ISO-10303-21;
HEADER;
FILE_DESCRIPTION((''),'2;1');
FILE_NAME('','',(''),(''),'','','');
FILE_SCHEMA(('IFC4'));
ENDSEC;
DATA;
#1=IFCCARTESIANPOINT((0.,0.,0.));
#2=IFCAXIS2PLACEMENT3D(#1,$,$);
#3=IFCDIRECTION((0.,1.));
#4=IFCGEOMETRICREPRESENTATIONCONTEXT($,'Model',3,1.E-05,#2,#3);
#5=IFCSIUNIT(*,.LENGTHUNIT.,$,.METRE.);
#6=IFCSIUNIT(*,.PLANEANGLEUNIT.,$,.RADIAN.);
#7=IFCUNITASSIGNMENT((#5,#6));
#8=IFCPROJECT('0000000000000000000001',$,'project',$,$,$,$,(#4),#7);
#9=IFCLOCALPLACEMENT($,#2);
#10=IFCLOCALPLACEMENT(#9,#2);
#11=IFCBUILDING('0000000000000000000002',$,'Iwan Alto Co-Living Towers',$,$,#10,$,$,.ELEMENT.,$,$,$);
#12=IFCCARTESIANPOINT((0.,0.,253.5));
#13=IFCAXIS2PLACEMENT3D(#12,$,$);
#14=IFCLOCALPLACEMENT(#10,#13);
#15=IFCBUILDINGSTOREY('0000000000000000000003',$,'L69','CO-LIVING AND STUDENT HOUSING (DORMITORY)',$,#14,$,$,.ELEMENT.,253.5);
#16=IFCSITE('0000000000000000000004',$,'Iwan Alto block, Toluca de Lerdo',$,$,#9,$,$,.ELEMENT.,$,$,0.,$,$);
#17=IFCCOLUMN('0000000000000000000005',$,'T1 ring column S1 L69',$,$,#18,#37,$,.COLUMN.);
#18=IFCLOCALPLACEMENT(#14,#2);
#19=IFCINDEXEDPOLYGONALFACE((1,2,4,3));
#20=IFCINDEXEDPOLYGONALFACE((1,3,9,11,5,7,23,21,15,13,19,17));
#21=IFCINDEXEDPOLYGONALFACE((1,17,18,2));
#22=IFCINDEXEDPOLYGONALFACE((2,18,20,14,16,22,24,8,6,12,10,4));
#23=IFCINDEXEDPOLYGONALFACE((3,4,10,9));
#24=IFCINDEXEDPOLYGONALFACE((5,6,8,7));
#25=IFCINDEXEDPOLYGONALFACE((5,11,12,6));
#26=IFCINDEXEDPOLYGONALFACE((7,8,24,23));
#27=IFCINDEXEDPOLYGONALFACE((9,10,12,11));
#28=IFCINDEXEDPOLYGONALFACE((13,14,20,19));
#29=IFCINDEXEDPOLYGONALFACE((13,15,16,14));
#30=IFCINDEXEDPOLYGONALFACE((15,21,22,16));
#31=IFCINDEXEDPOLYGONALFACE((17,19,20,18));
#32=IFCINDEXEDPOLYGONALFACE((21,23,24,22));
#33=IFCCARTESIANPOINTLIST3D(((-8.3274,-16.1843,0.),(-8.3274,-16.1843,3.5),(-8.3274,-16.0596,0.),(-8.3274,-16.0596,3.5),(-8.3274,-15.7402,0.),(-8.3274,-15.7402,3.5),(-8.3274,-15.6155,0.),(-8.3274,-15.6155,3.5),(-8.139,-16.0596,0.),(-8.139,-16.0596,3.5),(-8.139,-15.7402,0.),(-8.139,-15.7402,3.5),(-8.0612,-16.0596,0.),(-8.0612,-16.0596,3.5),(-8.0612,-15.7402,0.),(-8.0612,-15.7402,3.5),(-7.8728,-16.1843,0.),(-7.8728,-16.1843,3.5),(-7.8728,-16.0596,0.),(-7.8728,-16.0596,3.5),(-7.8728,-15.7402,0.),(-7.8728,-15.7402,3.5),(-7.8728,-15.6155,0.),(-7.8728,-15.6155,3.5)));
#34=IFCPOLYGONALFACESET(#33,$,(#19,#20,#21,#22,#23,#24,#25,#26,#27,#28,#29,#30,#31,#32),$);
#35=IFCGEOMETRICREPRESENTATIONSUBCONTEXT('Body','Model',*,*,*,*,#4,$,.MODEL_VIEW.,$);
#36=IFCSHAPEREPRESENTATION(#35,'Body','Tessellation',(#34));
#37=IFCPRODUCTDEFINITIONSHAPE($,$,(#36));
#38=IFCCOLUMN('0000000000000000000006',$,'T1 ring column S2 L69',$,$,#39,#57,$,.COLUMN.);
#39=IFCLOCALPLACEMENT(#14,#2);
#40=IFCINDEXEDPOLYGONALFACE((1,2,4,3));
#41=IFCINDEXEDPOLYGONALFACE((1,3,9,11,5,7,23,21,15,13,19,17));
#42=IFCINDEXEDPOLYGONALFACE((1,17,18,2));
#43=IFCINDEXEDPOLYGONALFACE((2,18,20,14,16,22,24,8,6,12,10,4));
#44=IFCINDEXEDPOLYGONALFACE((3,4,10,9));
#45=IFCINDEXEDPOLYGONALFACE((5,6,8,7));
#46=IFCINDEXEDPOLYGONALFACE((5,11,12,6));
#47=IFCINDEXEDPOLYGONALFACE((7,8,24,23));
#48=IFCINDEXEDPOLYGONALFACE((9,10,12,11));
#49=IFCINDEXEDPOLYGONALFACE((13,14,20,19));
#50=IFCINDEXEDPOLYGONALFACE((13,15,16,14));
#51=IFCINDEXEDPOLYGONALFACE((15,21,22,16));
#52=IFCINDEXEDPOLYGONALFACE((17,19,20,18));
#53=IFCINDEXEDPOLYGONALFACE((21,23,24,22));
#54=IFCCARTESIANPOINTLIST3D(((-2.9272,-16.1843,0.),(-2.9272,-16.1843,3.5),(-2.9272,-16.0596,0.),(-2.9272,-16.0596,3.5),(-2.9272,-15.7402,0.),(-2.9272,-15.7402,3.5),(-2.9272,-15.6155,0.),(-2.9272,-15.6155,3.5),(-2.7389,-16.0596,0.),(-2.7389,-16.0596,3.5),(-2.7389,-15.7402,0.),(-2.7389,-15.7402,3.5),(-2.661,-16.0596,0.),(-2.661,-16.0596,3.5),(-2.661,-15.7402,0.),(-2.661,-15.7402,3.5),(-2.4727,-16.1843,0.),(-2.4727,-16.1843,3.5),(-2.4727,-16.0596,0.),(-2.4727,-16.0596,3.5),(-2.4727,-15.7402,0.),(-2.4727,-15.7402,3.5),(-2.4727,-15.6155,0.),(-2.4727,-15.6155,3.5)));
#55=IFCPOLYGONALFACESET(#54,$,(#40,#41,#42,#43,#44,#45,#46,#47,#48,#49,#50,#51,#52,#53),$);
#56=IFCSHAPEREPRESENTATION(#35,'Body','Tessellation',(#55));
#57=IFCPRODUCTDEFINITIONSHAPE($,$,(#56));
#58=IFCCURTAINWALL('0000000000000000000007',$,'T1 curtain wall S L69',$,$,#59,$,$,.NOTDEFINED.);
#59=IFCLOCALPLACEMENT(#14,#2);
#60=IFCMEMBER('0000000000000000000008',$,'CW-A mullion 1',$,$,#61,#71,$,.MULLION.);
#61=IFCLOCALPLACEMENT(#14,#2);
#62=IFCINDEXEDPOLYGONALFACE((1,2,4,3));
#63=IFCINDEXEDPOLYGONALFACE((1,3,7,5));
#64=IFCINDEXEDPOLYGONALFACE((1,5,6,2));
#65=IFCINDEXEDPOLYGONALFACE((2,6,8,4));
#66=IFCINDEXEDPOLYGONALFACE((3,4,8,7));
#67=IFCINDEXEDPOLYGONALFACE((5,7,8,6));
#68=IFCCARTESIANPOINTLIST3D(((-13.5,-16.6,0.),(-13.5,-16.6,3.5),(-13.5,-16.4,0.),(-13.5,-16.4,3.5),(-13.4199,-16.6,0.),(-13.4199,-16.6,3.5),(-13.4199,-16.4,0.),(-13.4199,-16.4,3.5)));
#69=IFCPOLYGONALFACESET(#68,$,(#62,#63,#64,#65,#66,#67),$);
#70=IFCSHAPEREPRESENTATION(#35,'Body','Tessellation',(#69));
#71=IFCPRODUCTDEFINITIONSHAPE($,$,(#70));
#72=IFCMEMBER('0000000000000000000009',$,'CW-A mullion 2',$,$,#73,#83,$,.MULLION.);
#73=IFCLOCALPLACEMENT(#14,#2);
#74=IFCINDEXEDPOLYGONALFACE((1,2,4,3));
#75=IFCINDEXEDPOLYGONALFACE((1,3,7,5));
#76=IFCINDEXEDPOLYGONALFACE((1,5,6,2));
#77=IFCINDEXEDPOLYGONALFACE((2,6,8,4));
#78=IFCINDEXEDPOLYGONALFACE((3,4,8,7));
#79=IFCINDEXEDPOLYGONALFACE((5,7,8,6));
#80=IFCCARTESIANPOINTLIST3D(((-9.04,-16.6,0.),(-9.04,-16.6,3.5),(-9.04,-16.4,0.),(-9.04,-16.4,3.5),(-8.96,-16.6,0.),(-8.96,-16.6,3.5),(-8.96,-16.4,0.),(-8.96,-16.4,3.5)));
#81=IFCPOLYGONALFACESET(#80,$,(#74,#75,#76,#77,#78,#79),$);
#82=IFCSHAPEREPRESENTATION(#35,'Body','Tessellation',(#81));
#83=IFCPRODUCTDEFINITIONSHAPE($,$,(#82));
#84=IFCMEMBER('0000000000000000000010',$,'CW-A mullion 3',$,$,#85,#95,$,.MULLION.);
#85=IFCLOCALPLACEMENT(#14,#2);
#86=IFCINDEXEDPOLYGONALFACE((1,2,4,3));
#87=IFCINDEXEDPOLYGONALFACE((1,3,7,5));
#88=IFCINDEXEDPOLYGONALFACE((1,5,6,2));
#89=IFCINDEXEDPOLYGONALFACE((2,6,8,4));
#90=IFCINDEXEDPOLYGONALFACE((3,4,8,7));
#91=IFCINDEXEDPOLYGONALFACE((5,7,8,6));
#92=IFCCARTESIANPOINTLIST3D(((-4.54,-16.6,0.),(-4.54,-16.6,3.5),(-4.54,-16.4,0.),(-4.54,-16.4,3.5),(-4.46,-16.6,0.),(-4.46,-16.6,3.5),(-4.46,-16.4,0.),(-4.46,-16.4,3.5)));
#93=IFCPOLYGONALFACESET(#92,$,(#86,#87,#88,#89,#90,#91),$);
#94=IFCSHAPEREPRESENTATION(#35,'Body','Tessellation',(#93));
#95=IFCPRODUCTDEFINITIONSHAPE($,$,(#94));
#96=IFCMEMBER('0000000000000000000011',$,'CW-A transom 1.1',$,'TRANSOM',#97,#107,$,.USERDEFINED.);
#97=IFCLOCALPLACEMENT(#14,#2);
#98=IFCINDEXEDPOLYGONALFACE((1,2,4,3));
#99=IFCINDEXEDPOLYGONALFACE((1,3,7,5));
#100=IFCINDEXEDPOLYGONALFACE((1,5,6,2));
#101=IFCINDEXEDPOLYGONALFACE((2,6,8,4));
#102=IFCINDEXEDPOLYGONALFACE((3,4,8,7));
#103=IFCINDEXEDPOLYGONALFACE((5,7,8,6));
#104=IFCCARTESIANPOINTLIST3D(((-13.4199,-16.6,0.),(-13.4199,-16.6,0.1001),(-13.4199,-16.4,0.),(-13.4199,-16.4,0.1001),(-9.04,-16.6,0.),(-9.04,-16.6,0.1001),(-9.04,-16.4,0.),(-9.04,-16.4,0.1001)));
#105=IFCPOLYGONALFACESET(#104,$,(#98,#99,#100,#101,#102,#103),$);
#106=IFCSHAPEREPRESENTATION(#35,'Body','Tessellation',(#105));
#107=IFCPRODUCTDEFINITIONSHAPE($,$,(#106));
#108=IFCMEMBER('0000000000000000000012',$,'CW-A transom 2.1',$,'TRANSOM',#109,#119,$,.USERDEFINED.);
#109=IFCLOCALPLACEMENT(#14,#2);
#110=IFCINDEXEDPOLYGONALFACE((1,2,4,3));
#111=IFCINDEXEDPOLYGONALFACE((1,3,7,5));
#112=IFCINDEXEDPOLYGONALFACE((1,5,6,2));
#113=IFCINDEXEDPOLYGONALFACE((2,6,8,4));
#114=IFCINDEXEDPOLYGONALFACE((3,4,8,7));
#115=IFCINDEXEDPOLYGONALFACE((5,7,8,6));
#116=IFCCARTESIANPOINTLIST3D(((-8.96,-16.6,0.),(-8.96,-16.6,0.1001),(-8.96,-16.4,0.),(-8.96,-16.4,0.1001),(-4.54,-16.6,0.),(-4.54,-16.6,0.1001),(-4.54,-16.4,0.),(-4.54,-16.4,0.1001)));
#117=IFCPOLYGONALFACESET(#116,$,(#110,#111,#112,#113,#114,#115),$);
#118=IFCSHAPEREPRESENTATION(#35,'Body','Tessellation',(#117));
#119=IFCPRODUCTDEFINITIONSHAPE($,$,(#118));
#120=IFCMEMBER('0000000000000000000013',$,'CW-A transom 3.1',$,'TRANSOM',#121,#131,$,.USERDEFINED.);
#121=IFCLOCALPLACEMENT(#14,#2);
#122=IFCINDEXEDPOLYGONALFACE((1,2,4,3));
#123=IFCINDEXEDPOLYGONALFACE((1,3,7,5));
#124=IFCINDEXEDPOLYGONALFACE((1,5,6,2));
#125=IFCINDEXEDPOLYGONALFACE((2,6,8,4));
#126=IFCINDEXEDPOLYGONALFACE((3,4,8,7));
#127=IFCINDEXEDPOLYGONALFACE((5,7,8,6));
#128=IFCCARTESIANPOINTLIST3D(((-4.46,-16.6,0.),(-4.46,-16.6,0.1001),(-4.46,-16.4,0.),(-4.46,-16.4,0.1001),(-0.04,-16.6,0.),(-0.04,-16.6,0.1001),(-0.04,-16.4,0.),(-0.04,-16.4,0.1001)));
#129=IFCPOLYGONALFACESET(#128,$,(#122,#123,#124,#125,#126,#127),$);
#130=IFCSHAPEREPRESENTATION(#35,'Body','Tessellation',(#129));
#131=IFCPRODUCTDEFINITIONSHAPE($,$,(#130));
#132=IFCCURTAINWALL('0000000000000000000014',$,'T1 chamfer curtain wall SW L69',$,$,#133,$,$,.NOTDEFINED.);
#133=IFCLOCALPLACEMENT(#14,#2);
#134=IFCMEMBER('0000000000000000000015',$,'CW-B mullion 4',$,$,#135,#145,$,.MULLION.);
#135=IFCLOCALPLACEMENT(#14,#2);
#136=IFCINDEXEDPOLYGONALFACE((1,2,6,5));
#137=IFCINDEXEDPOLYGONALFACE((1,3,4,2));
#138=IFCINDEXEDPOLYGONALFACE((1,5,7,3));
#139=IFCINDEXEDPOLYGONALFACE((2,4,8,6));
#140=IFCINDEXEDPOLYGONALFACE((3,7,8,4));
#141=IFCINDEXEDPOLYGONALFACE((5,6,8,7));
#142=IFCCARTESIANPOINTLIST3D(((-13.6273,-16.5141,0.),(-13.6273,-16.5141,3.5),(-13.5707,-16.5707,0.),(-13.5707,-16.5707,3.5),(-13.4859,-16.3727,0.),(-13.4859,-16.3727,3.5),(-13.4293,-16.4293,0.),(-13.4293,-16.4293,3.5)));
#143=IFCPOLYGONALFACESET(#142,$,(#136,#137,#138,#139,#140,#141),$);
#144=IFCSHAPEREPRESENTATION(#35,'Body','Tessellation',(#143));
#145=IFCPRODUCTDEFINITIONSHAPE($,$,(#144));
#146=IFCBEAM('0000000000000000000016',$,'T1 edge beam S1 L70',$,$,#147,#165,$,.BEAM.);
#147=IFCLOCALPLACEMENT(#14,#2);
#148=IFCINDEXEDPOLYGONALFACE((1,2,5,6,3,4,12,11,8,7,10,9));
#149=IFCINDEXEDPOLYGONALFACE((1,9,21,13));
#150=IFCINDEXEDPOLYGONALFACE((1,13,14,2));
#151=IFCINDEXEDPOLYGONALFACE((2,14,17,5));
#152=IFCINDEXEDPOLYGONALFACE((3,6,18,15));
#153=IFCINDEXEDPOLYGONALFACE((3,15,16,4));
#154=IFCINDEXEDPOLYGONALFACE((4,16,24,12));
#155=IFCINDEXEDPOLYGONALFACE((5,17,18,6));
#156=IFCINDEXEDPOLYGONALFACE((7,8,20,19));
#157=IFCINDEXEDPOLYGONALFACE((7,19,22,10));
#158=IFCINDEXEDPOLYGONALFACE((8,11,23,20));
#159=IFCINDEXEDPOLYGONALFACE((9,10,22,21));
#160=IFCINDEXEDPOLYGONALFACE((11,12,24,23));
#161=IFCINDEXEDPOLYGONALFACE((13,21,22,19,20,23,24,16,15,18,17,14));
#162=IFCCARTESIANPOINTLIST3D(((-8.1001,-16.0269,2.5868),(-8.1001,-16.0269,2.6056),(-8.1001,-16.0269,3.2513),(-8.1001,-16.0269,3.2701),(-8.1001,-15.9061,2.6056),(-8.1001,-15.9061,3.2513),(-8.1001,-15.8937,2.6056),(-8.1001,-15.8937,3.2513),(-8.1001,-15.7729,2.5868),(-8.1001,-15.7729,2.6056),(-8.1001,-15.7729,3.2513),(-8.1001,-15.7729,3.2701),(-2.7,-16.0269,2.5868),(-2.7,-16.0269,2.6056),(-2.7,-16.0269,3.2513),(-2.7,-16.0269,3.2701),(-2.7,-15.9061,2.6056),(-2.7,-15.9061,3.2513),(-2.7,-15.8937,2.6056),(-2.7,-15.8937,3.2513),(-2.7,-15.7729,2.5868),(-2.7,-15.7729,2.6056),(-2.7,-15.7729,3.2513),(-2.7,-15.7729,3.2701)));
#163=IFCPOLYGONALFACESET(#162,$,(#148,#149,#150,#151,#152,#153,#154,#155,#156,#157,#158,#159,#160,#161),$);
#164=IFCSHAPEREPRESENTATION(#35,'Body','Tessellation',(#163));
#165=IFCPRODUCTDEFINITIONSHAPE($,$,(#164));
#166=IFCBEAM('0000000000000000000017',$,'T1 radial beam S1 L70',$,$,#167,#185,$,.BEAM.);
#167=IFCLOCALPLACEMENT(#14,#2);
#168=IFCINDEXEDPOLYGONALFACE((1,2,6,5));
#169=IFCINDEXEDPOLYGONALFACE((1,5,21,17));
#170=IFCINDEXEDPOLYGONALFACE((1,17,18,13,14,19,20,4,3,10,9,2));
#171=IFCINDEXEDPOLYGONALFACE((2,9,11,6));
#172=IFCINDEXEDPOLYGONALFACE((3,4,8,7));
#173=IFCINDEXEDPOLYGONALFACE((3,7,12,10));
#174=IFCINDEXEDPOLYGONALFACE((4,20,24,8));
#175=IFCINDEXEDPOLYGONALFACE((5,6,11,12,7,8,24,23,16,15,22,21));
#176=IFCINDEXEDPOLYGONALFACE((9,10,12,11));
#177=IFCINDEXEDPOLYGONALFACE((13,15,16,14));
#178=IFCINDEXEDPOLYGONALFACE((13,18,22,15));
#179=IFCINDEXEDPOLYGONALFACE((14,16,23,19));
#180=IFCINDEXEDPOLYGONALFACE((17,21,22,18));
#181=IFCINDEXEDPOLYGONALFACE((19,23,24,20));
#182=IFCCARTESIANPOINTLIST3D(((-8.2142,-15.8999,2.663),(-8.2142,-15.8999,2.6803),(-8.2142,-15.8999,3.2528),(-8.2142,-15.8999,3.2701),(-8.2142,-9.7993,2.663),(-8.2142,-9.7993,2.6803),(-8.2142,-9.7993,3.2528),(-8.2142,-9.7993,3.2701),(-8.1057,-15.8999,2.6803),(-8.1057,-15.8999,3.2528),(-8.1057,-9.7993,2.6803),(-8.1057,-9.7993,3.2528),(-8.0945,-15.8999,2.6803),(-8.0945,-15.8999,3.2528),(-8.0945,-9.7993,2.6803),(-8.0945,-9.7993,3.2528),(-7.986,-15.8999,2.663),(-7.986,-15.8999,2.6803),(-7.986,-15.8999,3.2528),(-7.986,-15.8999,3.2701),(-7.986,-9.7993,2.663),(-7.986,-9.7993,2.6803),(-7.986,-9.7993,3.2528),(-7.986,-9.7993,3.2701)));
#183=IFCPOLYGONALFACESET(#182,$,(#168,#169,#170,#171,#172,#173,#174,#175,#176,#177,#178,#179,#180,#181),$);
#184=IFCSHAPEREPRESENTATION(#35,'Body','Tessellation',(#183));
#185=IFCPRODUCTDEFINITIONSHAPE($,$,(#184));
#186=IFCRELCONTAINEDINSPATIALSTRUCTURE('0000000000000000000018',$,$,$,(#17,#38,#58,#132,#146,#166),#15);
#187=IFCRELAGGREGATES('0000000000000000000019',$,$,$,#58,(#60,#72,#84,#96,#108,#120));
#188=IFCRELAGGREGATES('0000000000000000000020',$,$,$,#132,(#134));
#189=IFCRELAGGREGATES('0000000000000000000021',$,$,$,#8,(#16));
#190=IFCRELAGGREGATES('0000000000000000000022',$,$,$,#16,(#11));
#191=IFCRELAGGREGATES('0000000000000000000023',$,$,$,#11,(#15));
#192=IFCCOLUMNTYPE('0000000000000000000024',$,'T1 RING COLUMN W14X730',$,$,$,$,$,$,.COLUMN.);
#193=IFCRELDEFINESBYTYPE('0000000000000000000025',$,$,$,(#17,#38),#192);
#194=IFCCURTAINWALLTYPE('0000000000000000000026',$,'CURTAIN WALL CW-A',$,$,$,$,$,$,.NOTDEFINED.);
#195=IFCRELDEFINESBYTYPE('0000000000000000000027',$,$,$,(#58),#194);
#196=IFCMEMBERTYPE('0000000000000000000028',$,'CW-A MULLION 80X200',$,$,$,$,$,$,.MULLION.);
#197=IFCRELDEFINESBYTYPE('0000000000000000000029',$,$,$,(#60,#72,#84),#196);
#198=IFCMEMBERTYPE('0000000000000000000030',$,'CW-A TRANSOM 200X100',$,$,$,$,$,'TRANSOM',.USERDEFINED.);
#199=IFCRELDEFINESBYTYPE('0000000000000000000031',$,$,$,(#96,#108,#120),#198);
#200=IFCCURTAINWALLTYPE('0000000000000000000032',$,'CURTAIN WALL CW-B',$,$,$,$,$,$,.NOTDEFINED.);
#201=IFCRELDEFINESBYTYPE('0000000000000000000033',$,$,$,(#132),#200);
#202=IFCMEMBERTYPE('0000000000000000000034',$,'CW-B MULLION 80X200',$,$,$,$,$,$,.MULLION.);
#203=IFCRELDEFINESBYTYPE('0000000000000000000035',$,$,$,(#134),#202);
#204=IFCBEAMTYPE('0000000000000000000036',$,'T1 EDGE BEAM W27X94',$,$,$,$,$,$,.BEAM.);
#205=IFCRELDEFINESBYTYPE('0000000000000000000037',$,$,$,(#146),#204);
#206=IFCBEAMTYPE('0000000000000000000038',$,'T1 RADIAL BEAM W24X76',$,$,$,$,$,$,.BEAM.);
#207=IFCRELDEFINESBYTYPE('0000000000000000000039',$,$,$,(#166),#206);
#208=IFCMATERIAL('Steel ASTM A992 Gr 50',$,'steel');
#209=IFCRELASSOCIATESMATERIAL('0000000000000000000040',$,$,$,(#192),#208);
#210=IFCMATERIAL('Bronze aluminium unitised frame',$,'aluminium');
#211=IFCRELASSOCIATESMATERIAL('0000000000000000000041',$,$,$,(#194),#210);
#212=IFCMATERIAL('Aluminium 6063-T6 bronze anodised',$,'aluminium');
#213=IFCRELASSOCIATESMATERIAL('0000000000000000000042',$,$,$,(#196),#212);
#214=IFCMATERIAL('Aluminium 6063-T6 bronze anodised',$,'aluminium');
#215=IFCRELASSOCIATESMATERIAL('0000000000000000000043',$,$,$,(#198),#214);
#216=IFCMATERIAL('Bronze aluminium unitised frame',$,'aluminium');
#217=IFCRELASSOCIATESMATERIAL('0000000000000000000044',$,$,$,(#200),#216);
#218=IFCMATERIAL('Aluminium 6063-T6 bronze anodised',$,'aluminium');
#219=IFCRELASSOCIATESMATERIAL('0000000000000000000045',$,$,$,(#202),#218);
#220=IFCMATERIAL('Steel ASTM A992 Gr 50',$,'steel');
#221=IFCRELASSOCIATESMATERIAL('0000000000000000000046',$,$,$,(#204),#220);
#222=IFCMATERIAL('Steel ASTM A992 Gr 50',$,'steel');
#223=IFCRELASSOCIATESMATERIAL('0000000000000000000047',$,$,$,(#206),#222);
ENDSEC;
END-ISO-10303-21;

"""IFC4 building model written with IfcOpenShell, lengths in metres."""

from ifc_helpers import new_model, si_unit, direction, frame, origin, origin_2d, place, context, subcontext, project, spatial, rectangle, i_section, extrude, material, material_profile, profile_set, type_object, element, aggregate, save


model = new_model("IFC4")

# Units and contexts
model_context = context("Model", 3, precision=1e-05, world=origin(), true_north=direction((0.0, 1.0)))
body_context = subcontext(model_context, "Body", "Model", "MODEL_VIEW")
ifc_project = project(units=[si_unit("LENGTHUNIT", "METRE"), si_unit("PLANEANGLEUNIT", "RADIAN")], contexts=[model_context])

# Site, building, storey
site_placement = place(None, origin())
site = spatial("IfcSite", under=ifc_project, at=site_placement, Name="Iwan Alto block, Toluca de Lerdo", CompositionType="ELEMENT", RefElevation=0.0)
building_placement = place(site_placement, origin())
building = spatial("IfcBuilding", under=site, at=building_placement, Name="Iwan Alto Co-Living Towers", CompositionType="ELEMENT")
storey_placement = place(building_placement, frame((0.0, 0.0, 253.5)))
storey = spatial("IfcBuildingStorey", under=building, at=storey_placement, Name="L69", Description="CO-LIVING AND STUDENT HOUSING (DORMITORY)", CompositionType="ELEMENT", Elevation=253.5)

# Columns
ifc_material_1 = material(Name="Steel ASTM A992 Gr 50", Category="steel")
ifc_material_profile_1 = material_profile(ifc_material_1, i_section(OverallWidth=0.4546, OverallDepth=0.5688, WebThickness=0.0779, FlangeThickness=0.1248, at=origin_2d()), Name="W14X730")
ifc_profile_set_1 = profile_set([ifc_material_profile_1], Name="Steel ASTM A992 Gr 50")
column_type = type_object("IfcColumnType", Name="T1 RING COLUMN W14X730", PredefinedType="COLUMN", material=ifc_profile_set_1)
for number, where, z_axis, x_axis, name in (
    (1, (-8.1001, -15.8999, 0.0), (0.0, 0.0, 1.0), (1.0, 0.0, 0.0), "T1 ring column S1 L69"),
    (2, (-2.7, -15.8999, 0.0), (0.0, 0.0, 1.0), (1.0, 0.0, 0.0), "T1 ring column S2 L69"),
):
    element("IfcColumn", number, at=place(storey_placement, frame(where, z_axis=z_axis, x_axis=x_axis)), inside=storey, type_object=column_type, Name=name, PredefinedType="COLUMN", context=body_context, shape_type="SweptSolid", body=[
        extrude(i_section(OverallWidth=0.4546, OverallDepth=0.5688, WebThickness=0.0779, FlangeThickness=0.1248, at=origin_2d()), origin(), (0.0, 0.0, 1.0), 3.5),
    ])

# Curtain wall, members
ifc_material_2 = material(Name="Bronze aluminium unitised frame", Category="aluminium")
curtain_wall_type_1 = type_object("IfcCurtainWallType", Name="CURTAIN WALL CW-A", PredefinedType="NOTDEFINED", material=ifc_material_2)
curtain_wall_1_placement = place(storey_placement, origin())
curtain_wall_1 = element("IfcCurtainWall", 3, at=curtain_wall_1_placement, inside=storey, type_object=curtain_wall_type_1, Name="T1 curtain wall S L69", PredefinedType="NOTDEFINED")
ifc_material_3 = material(Name="Aluminium 6063-T6 bronze anodised", Category="aluminium")
ifc_material_profile_2 = material_profile(ifc_material_3, rectangle(XDim=0.2, YDim=0.0801, at=origin_2d()), Name="AL 80X200")
ifc_profile_set_2 = profile_set([ifc_material_profile_2], Name="Aluminium 6063-T6 bronze anodised")
member_type_1 = type_object("IfcMemberType", Name="CW-A MULLION 80X200", PredefinedType="MULLION", material=ifc_profile_set_2)
member_1_placement = place(storey_placement, frame((-13.46, -16.5, 0.0), z_axis=(0.0, 0.0, 1.0), x_axis=(0.0, 1.0, 0.0)))
member_1 = element("IfcMember", 4, at=member_1_placement, type_object=member_type_1, Name="CW-A mullion 1", PredefinedType="MULLION", context=body_context, shape_type="SweptSolid", body=[
    extrude(rectangle(XDim=0.2, YDim=0.0801, at=origin_2d()), origin(), (0.0, 0.0, 1.0), 3.5),
])
member_2_placement = place(storey_placement, frame((-9.0, -16.5, 0.0), z_axis=(0.0, 0.0, 1.0), x_axis=(0.0, 1.0, 0.0)))
member_2 = element("IfcMember", 5, at=member_2_placement, type_object=member_type_1, Name="CW-A mullion 2", PredefinedType="MULLION", context=body_context, shape_type="SweptSolid", body=[
    extrude(rectangle(XDim=0.2, YDim=0.0801, at=origin_2d()), origin(), (0.0, 0.0, 1.0), 3.5),
])
member_3_placement = place(storey_placement, frame((-4.5, -16.5, 0.0), z_axis=(0.0, 0.0, 1.0), x_axis=(0.0, 1.0, 0.0)))
member_3 = element("IfcMember", 6, at=member_3_placement, type_object=member_type_1, Name="CW-A mullion 3", PredefinedType="MULLION", context=body_context, shape_type="SweptSolid", body=[
    extrude(rectangle(XDim=0.2, YDim=0.0801, at=origin_2d()), origin(), (0.0, 0.0, 1.0), 3.5),
])
ifc_material_4 = material(Name="Aluminium 6063-T6 bronze anodised", Category="aluminium")
ifc_material_profile_3 = material_profile(ifc_material_4, rectangle(XDim=0.2, YDim=0.1001, at=origin_2d()), Name="AL 200X100")
ifc_profile_set_3 = profile_set([ifc_material_profile_3], Name="Aluminium 6063-T6 bronze anodised")
member_type_2 = type_object("IfcMemberType", Name="CW-A TRANSOM 200X100", ElementType="TRANSOM", PredefinedType="USERDEFINED", material=ifc_profile_set_3)
member_4_placement = place(storey_placement, frame((-13.4199, -16.5, 0.05), z_axis=(1.0, 0.0, 0.0), x_axis=(0.0, 1.0, 0.0)))
member_4 = element("IfcMember", 7, at=member_4_placement, type_object=member_type_2, Name="CW-A transom 1.1", ObjectType="TRANSOM", PredefinedType="USERDEFINED", context=body_context, shape_type="SweptSolid", body=[
    extrude(rectangle(XDim=0.2, YDim=0.1001, at=origin_2d()), origin(), (0.0, 0.0, 1.0), 4.3799),
])
member_5_placement = place(storey_placement, frame((-8.96, -16.5, 0.05), z_axis=(1.0, 0.0, 0.0), x_axis=(0.0, 1.0, 0.0)))
member_5 = element("IfcMember", 8, at=member_5_placement, type_object=member_type_2, Name="CW-A transom 2.1", ObjectType="TRANSOM", PredefinedType="USERDEFINED", context=body_context, shape_type="SweptSolid", body=[
    extrude(rectangle(XDim=0.2, YDim=0.1001, at=origin_2d()), origin(), (0.0, 0.0, 1.0), 4.4199),
])
member_6_placement = place(storey_placement, frame((-4.46, -16.5, 0.05), z_axis=(1.0, 0.0, 0.0), x_axis=(0.0, 1.0, 0.0)))
member_6 = element("IfcMember", 9, at=member_6_placement, type_object=member_type_2, Name="CW-A transom 3.1", ObjectType="TRANSOM", PredefinedType="USERDEFINED", context=body_context, shape_type="SweptSolid", body=[
    extrude(rectangle(XDim=0.2, YDim=0.1001, at=origin_2d()), origin(), (0.0, 0.0, 1.0), 4.4199),
])

# Curtain wall, member
ifc_material_5 = material(Name="Bronze aluminium unitised frame", Category="aluminium")
curtain_wall_type_2 = type_object("IfcCurtainWallType", Name="CURTAIN WALL CW-B", PredefinedType="NOTDEFINED", material=ifc_material_5)
curtain_wall_2_placement = place(storey_placement, origin())
curtain_wall_2 = element("IfcCurtainWall", 10, at=curtain_wall_2_placement, inside=storey, type_object=curtain_wall_type_2, Name="T1 chamfer curtain wall SW L69", PredefinedType="NOTDEFINED")
ifc_material_6 = material(Name="Aluminium 6063-T6 bronze anodised", Category="aluminium")
ifc_material_profile_4 = material_profile(ifc_material_6, rectangle(XDim=0.2, YDim=0.0801, at=origin_2d()), Name="AL 80X200")
ifc_profile_set_4 = profile_set([ifc_material_profile_4], Name="Aluminium 6063-T6 bronze anodised")
member_type_3 = type_object("IfcMemberType", Name="CW-B MULLION 80X200", PredefinedType="MULLION", material=ifc_profile_set_4)
member_7_placement = place(storey_placement, frame((-13.5283, -16.4717, 0.0), z_axis=(0.0, 0.0, 1.0), x_axis=(0.707107, 0.707107, 0.0)))
member_7 = element("IfcMember", 11, at=member_7_placement, type_object=member_type_3, Name="CW-B mullion 4", PredefinedType="MULLION", context=body_context, shape_type="SweptSolid", body=[
    extrude(rectangle(XDim=0.2, YDim=0.0801, at=origin_2d()), origin(), (0.0, 0.0, 1.0), 3.5),
])

# Beams
ifc_material_7 = material(Name="Steel ASTM A992 Gr 50", Category="steel")
ifc_material_profile_5 = material_profile(ifc_material_7, i_section(OverallWidth=0.2539, OverallDepth=0.6833, WebThickness=0.0125, FlangeThickness=0.0188, at=origin_2d()), Name="W27X94")
ifc_profile_set_5 = profile_set([ifc_material_profile_5], Name="Steel ASTM A992 Gr 50")
beam_type_1 = type_object("IfcBeamType", Name="T1 EDGE BEAM W27X94", PredefinedType="BEAM", material=ifc_profile_set_5)
beam_1_placement = place(storey_placement, frame((-8.1001, -15.8999, 2.9285), z_axis=(1.0, 0.0, 0.0), x_axis=(0.0, 1.0, 0.0)))
element("IfcBeam", 12, at=beam_1_placement, inside=storey, type_object=beam_type_1, Name="T1 edge beam S1 L70", PredefinedType="BEAM", context=body_context, shape_type="SweptSolid", body=[
    extrude(i_section(OverallWidth=0.2539, OverallDepth=0.6833, WebThickness=0.0125, FlangeThickness=0.0188, at=origin_2d()), origin(), (0.0, 0.0, 1.0), 5.4001),
])
ifc_material_8 = material(Name="Steel ASTM A992 Gr 50", Category="steel")
ifc_material_profile_6 = material_profile(ifc_material_8, i_section(OverallWidth=0.2283, OverallDepth=0.6072, WebThickness=0.0112, FlangeThickness=0.0173, at=origin_2d()), Name="W24X76")
ifc_profile_set_6 = profile_set([ifc_material_profile_6], Name="Steel ASTM A992 Gr 50")
beam_type_2 = type_object("IfcBeamType", Name="T1 RADIAL BEAM W24X76", PredefinedType="BEAM", material=ifc_profile_set_6)
beam_2_placement = place(storey_placement, frame((-8.1001, -15.8999, 2.9666), z_axis=(0.0, 1.0, 0.0), x_axis=(-1.0, 0.0, 0.0)))
element("IfcBeam", 13, at=beam_2_placement, inside=storey, type_object=beam_type_2, Name="T1 radial beam S1 L70", PredefinedType="BEAM", context=body_context, shape_type="SweptSolid", body=[
    extrude(i_section(OverallWidth=0.2283, OverallDepth=0.6072, WebThickness=0.0112, FlangeThickness=0.0173, at=origin_2d()), origin(), (0.0, 0.0, 1.0), 6.1006),
])

aggregate(curtain_wall_1, [member_1, member_2, member_3, member_4, member_5, member_6])
aggregate(curtain_wall_2, [member_7])

save(model, "model.ifc")
